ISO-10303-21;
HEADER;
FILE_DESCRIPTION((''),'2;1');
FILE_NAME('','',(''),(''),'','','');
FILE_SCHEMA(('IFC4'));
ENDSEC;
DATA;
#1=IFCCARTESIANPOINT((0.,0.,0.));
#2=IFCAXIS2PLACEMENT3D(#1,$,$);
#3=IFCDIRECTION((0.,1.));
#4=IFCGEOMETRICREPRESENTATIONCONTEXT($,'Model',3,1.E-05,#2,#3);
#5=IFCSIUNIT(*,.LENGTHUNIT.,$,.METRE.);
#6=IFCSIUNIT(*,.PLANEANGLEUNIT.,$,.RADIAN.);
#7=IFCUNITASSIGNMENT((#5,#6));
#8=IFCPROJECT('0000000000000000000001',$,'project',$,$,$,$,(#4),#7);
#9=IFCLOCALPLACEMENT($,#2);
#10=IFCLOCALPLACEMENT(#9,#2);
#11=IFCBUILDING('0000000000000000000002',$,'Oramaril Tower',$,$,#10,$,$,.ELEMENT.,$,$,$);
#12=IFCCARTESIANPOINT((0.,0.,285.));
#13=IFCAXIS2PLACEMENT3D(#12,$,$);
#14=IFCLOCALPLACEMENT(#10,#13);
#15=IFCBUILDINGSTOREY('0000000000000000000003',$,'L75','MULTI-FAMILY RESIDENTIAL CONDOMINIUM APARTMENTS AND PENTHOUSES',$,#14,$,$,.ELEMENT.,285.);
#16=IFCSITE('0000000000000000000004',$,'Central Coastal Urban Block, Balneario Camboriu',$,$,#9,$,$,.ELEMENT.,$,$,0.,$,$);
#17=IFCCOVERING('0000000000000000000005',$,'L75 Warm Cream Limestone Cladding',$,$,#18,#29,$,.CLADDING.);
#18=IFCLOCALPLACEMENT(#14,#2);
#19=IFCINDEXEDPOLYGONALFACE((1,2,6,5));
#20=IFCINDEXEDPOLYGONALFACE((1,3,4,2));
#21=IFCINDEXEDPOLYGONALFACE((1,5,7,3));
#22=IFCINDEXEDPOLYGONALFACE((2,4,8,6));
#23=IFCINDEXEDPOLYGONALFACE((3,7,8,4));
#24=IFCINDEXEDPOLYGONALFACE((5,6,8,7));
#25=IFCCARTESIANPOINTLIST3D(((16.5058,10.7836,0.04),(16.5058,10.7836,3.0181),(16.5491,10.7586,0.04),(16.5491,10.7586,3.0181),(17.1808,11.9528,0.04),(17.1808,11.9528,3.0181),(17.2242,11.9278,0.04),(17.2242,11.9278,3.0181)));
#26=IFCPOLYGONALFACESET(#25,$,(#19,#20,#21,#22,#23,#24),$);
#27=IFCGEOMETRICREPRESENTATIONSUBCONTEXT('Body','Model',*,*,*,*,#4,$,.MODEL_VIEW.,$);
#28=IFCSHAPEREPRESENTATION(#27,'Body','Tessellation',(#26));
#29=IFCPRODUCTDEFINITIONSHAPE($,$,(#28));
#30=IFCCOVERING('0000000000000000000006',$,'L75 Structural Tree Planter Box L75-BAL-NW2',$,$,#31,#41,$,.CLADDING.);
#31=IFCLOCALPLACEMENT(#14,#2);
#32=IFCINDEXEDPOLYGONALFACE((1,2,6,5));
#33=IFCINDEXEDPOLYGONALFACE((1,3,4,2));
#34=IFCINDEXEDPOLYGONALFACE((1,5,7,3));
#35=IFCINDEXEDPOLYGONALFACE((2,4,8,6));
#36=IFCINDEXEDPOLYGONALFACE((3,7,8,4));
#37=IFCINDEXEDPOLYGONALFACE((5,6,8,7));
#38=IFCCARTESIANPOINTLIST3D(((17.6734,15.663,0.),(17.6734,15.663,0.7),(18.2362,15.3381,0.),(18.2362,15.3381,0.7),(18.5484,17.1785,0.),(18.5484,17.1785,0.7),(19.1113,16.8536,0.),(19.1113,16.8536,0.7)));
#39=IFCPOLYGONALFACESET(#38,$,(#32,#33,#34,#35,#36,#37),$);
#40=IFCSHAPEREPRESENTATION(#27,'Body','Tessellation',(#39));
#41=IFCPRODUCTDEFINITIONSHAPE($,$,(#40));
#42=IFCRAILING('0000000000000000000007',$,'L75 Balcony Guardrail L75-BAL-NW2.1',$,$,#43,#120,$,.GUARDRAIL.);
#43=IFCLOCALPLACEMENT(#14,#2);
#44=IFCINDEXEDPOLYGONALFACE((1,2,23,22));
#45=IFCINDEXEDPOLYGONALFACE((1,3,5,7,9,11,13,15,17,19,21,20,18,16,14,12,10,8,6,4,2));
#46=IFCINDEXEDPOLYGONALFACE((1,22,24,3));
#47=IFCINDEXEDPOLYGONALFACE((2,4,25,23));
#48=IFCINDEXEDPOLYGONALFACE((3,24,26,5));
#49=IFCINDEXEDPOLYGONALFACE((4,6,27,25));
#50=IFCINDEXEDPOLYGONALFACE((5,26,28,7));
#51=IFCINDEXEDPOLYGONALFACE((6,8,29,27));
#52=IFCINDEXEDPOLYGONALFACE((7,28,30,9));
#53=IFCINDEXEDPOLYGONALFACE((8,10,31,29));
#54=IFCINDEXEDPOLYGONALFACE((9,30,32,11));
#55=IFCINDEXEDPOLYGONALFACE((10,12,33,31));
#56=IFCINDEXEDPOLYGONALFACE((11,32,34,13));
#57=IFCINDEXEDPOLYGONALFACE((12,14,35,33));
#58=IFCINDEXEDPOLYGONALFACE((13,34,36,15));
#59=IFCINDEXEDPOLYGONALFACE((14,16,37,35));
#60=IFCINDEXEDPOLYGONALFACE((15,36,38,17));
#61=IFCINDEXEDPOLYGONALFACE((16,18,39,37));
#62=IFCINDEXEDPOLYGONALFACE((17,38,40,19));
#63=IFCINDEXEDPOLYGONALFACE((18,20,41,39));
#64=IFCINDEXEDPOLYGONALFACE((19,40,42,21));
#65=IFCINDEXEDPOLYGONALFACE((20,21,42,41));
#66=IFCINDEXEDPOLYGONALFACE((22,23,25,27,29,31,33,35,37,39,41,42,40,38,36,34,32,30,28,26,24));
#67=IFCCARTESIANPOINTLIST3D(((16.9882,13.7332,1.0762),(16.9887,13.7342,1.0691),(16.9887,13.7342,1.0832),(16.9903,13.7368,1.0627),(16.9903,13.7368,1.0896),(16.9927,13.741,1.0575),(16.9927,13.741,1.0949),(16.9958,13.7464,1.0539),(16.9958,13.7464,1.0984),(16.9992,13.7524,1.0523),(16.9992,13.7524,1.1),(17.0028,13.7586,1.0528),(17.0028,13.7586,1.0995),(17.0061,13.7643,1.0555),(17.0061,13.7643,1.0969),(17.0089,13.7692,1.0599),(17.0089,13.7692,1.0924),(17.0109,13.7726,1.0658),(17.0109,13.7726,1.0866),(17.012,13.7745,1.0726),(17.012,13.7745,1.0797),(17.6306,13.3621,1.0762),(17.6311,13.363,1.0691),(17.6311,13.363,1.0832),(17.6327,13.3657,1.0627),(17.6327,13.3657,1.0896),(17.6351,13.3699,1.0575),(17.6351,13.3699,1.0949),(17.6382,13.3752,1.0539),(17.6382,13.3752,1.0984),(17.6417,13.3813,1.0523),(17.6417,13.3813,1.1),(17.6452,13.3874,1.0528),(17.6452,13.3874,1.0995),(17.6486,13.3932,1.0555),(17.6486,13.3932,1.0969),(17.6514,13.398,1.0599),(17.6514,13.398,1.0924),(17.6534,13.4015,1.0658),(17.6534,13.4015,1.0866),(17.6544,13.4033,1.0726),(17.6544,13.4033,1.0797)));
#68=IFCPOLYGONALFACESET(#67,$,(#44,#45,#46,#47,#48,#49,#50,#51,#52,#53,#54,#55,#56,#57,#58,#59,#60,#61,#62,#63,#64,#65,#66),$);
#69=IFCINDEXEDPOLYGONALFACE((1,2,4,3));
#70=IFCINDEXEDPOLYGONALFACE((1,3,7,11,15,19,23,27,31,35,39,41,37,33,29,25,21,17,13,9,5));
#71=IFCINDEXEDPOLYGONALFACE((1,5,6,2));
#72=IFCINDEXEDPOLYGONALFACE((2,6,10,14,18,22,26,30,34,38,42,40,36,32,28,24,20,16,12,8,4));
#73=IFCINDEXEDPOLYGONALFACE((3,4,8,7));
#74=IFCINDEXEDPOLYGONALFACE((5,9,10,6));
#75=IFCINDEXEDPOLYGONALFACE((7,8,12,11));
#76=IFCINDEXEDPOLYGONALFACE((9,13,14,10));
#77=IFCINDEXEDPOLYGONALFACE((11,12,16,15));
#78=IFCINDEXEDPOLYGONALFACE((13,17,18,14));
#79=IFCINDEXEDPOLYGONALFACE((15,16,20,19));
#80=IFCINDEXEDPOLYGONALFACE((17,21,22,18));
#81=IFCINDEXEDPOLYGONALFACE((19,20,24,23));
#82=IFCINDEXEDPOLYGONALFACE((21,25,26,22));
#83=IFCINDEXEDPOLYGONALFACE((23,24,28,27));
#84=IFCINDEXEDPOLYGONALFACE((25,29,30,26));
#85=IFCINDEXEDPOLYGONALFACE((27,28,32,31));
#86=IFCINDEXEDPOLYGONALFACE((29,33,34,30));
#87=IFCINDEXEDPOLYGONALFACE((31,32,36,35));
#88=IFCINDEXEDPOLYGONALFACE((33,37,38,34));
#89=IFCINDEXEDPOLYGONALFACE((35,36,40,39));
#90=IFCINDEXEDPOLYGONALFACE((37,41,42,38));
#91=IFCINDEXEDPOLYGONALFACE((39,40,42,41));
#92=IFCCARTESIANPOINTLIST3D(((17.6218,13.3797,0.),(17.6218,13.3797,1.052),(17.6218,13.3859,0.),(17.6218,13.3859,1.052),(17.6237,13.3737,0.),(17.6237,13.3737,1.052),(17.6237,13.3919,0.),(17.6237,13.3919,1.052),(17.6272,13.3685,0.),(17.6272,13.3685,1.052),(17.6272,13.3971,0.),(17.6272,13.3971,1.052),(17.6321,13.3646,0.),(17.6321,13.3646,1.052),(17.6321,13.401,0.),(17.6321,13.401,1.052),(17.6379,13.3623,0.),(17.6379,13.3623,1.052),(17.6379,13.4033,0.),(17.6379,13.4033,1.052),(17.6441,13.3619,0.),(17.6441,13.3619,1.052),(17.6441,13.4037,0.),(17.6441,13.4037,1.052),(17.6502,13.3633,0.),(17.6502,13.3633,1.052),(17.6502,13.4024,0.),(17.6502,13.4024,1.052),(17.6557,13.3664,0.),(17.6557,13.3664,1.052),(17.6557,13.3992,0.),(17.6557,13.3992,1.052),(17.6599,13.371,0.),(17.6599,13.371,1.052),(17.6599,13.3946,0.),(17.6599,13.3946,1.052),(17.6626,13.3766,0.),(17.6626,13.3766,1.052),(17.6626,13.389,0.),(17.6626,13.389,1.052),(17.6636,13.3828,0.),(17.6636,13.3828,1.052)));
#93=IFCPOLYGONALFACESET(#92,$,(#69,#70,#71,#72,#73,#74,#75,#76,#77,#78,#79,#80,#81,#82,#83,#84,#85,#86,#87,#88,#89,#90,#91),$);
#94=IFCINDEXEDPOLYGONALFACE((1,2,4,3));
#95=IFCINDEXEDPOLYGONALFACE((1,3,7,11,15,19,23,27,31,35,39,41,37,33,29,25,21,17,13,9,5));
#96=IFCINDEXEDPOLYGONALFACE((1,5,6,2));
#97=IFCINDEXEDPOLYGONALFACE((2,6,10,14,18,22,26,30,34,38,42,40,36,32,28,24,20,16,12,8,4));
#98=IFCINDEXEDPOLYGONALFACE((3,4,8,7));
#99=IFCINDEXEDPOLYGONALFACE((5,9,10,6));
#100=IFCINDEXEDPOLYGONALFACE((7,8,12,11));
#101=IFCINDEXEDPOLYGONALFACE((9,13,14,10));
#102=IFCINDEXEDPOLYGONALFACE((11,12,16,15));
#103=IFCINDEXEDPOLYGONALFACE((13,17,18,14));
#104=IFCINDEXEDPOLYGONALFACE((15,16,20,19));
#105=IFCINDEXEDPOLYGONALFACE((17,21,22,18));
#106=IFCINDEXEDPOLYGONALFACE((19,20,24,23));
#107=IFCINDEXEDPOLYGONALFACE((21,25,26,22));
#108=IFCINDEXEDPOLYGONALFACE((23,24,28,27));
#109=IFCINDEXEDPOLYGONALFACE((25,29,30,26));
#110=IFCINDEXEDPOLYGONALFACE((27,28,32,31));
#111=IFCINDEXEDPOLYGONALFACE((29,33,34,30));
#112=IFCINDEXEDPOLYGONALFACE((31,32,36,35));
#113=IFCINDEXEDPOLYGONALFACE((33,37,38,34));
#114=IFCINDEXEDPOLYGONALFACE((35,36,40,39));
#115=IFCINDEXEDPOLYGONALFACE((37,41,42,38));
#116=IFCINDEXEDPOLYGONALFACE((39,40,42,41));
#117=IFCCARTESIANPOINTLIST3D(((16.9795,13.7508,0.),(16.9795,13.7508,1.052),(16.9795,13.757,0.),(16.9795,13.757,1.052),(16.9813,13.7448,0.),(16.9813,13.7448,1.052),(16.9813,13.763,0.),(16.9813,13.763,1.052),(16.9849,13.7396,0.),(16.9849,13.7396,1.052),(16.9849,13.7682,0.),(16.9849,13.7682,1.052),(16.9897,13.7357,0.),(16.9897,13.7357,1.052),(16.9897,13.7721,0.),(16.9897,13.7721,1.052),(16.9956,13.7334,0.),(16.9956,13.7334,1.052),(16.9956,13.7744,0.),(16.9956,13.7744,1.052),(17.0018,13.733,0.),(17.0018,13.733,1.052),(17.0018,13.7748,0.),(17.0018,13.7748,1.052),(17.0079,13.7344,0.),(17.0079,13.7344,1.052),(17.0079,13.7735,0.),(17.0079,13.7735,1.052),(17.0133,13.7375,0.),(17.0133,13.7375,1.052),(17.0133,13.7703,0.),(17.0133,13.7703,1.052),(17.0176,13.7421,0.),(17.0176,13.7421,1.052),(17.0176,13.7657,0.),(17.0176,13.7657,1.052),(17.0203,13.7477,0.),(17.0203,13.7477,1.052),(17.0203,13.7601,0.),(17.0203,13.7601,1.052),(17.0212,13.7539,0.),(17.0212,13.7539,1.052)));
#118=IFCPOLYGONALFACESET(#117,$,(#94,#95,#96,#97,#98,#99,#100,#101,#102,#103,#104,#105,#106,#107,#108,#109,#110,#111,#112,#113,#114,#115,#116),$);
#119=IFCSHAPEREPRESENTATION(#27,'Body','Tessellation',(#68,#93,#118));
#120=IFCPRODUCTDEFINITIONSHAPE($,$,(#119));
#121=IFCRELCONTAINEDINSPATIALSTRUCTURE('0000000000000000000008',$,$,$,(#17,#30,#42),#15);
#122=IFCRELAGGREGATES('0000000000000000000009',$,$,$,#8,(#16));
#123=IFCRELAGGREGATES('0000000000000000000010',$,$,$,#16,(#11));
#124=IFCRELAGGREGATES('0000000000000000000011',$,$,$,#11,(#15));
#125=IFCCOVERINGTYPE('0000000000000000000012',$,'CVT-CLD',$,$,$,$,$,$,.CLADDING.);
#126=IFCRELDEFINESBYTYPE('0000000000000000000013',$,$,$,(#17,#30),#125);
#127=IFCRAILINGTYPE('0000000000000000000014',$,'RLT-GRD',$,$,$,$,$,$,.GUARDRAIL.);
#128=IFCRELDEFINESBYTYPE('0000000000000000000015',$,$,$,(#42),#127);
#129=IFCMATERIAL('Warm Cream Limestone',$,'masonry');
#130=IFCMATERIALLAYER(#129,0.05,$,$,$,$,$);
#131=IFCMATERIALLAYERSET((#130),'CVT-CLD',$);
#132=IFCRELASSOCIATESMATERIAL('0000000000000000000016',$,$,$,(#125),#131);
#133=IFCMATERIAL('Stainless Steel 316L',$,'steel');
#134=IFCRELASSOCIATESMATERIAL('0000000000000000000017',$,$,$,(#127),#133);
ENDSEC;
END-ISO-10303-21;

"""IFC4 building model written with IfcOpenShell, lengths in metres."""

from ifc_helpers import new_model, si_unit, direction, frame, origin, origin_2d, place, context, subcontext, project, spatial, rectangle, circle, extrude, material, layer, layer_set, type_object, element, save


model = new_model("IFC4")

# Units and contexts
model_context = context("Model", 3, precision=1e-05, world=origin(), true_north=direction((0.0, 1.0)))
body_context = subcontext(model_context, "Body", "Model", "MODEL_VIEW")
ifc_project = project(units=[si_unit("LENGTHUNIT", "METRE"), si_unit("PLANEANGLEUNIT", "RADIAN")], contexts=[model_context])

# Site, building, storey
site_placement = place(None, origin())
site = spatial("IfcSite", under=ifc_project, at=site_placement, Name="Central Coastal Urban Block, Balneario Camboriu", CompositionType="ELEMENT", RefElevation=0.0)
building_placement = place(site_placement, origin())
building = spatial("IfcBuilding", under=site, at=building_placement, Name="Oramaril Tower", CompositionType="ELEMENT")
storey_placement = place(building_placement, frame((0.0, 0.0, 285.0)))
storey = spatial("IfcBuildingStorey", under=building, at=storey_placement, Name="L75", Description="MULTI-FAMILY RESIDENTIAL CONDOMINIUM APARTMENTS AND PENTHOUSES", CompositionType="ELEMENT", Elevation=285.0)

# Coverings
ifc_material_1 = material(Name="Warm Cream Limestone", Category="masonry")
ifc_layer_1 = layer(ifc_material_1, 0.05)
ifc_layer_set_1 = layer_set([ifc_layer_1], Name="CVT-CLD")
covering_type = type_object("IfcCoveringType", Name="CVT-CLD", PredefinedType="CLADDING", material=ifc_layer_set_1)
covering_1_placement = place(storey_placement, frame((16.865, 11.3557, 0.04), z_axis=(0.0, 0.0, 1.0), x_axis=(-0.5, -0.866025, 0.0)))
element("IfcCovering", 1, at=covering_1_placement, inside=storey, type_object=covering_type, Name="L75 Warm Cream Limestone Cladding", PredefinedType="CLADDING", context=body_context, shape_type="SweptSolid", body=[
    extrude(rectangle(XDim=1.3501, YDim=0.05, at=origin_2d()), origin(), (0.0, 0.0, 1.0), 2.978),
])
covering_2_placement = place(storey_placement, frame((18.3923, 16.2583, 0.0), z_axis=(0.0, 0.0, 1.0), x_axis=(-0.500002, -0.866025, 0.0)))
element("IfcCovering", 2, at=covering_2_placement, inside=storey, type_object=covering_type, Name="L75 Structural Tree Planter Box L75-BAL-NW2", PredefinedType="CLADDING", context=body_context, shape_type="SweptSolid", body=[
    extrude(rectangle(XDim=1.75, YDim=0.6499, at=origin_2d()), origin(), (0.0, 0.0, 1.0), 0.7),
])

# Railing
ifc_material_2 = material(Name="Stainless Steel 316L", Category="steel")
railing_type_1 = type_object("IfcRailingType", Name="RLT-GRD", PredefinedType="GUARDRAIL", material=ifc_material_2)
railing_1_placement = place(storey_placement, frame((17.6426, 13.3828, 0.0)))
element("IfcRailing", 3, at=railing_1_placement, inside=storey, type_object=railing_type_1, Name="L75 Balcony Guardrail L75-BAL-NW2.1", PredefinedType="GUARDRAIL", context=body_context, shape_type="SweptSolid", body=[
    extrude(circle(Radius=0.0239, at=origin_2d()), frame((0.0, 0.0, 1.0762), z_axis=(-0.865884, 0.500245, 0.0), x_axis=(-0.500245, -0.865884, 0.0)), (0.0, 0.0, 1.0), 0.7419),
    extrude(circle(Radius=0.021, at=origin_2d()), origin(), (0.0, 0.0, 1.0), 1.052),
    extrude(circle(Radius=0.021, at=origin_2d()), frame((-0.6423, 0.3711, 0.0)), (0.0, 0.0, 1.0), 1.052),
])

save(model, "model.ifc")
